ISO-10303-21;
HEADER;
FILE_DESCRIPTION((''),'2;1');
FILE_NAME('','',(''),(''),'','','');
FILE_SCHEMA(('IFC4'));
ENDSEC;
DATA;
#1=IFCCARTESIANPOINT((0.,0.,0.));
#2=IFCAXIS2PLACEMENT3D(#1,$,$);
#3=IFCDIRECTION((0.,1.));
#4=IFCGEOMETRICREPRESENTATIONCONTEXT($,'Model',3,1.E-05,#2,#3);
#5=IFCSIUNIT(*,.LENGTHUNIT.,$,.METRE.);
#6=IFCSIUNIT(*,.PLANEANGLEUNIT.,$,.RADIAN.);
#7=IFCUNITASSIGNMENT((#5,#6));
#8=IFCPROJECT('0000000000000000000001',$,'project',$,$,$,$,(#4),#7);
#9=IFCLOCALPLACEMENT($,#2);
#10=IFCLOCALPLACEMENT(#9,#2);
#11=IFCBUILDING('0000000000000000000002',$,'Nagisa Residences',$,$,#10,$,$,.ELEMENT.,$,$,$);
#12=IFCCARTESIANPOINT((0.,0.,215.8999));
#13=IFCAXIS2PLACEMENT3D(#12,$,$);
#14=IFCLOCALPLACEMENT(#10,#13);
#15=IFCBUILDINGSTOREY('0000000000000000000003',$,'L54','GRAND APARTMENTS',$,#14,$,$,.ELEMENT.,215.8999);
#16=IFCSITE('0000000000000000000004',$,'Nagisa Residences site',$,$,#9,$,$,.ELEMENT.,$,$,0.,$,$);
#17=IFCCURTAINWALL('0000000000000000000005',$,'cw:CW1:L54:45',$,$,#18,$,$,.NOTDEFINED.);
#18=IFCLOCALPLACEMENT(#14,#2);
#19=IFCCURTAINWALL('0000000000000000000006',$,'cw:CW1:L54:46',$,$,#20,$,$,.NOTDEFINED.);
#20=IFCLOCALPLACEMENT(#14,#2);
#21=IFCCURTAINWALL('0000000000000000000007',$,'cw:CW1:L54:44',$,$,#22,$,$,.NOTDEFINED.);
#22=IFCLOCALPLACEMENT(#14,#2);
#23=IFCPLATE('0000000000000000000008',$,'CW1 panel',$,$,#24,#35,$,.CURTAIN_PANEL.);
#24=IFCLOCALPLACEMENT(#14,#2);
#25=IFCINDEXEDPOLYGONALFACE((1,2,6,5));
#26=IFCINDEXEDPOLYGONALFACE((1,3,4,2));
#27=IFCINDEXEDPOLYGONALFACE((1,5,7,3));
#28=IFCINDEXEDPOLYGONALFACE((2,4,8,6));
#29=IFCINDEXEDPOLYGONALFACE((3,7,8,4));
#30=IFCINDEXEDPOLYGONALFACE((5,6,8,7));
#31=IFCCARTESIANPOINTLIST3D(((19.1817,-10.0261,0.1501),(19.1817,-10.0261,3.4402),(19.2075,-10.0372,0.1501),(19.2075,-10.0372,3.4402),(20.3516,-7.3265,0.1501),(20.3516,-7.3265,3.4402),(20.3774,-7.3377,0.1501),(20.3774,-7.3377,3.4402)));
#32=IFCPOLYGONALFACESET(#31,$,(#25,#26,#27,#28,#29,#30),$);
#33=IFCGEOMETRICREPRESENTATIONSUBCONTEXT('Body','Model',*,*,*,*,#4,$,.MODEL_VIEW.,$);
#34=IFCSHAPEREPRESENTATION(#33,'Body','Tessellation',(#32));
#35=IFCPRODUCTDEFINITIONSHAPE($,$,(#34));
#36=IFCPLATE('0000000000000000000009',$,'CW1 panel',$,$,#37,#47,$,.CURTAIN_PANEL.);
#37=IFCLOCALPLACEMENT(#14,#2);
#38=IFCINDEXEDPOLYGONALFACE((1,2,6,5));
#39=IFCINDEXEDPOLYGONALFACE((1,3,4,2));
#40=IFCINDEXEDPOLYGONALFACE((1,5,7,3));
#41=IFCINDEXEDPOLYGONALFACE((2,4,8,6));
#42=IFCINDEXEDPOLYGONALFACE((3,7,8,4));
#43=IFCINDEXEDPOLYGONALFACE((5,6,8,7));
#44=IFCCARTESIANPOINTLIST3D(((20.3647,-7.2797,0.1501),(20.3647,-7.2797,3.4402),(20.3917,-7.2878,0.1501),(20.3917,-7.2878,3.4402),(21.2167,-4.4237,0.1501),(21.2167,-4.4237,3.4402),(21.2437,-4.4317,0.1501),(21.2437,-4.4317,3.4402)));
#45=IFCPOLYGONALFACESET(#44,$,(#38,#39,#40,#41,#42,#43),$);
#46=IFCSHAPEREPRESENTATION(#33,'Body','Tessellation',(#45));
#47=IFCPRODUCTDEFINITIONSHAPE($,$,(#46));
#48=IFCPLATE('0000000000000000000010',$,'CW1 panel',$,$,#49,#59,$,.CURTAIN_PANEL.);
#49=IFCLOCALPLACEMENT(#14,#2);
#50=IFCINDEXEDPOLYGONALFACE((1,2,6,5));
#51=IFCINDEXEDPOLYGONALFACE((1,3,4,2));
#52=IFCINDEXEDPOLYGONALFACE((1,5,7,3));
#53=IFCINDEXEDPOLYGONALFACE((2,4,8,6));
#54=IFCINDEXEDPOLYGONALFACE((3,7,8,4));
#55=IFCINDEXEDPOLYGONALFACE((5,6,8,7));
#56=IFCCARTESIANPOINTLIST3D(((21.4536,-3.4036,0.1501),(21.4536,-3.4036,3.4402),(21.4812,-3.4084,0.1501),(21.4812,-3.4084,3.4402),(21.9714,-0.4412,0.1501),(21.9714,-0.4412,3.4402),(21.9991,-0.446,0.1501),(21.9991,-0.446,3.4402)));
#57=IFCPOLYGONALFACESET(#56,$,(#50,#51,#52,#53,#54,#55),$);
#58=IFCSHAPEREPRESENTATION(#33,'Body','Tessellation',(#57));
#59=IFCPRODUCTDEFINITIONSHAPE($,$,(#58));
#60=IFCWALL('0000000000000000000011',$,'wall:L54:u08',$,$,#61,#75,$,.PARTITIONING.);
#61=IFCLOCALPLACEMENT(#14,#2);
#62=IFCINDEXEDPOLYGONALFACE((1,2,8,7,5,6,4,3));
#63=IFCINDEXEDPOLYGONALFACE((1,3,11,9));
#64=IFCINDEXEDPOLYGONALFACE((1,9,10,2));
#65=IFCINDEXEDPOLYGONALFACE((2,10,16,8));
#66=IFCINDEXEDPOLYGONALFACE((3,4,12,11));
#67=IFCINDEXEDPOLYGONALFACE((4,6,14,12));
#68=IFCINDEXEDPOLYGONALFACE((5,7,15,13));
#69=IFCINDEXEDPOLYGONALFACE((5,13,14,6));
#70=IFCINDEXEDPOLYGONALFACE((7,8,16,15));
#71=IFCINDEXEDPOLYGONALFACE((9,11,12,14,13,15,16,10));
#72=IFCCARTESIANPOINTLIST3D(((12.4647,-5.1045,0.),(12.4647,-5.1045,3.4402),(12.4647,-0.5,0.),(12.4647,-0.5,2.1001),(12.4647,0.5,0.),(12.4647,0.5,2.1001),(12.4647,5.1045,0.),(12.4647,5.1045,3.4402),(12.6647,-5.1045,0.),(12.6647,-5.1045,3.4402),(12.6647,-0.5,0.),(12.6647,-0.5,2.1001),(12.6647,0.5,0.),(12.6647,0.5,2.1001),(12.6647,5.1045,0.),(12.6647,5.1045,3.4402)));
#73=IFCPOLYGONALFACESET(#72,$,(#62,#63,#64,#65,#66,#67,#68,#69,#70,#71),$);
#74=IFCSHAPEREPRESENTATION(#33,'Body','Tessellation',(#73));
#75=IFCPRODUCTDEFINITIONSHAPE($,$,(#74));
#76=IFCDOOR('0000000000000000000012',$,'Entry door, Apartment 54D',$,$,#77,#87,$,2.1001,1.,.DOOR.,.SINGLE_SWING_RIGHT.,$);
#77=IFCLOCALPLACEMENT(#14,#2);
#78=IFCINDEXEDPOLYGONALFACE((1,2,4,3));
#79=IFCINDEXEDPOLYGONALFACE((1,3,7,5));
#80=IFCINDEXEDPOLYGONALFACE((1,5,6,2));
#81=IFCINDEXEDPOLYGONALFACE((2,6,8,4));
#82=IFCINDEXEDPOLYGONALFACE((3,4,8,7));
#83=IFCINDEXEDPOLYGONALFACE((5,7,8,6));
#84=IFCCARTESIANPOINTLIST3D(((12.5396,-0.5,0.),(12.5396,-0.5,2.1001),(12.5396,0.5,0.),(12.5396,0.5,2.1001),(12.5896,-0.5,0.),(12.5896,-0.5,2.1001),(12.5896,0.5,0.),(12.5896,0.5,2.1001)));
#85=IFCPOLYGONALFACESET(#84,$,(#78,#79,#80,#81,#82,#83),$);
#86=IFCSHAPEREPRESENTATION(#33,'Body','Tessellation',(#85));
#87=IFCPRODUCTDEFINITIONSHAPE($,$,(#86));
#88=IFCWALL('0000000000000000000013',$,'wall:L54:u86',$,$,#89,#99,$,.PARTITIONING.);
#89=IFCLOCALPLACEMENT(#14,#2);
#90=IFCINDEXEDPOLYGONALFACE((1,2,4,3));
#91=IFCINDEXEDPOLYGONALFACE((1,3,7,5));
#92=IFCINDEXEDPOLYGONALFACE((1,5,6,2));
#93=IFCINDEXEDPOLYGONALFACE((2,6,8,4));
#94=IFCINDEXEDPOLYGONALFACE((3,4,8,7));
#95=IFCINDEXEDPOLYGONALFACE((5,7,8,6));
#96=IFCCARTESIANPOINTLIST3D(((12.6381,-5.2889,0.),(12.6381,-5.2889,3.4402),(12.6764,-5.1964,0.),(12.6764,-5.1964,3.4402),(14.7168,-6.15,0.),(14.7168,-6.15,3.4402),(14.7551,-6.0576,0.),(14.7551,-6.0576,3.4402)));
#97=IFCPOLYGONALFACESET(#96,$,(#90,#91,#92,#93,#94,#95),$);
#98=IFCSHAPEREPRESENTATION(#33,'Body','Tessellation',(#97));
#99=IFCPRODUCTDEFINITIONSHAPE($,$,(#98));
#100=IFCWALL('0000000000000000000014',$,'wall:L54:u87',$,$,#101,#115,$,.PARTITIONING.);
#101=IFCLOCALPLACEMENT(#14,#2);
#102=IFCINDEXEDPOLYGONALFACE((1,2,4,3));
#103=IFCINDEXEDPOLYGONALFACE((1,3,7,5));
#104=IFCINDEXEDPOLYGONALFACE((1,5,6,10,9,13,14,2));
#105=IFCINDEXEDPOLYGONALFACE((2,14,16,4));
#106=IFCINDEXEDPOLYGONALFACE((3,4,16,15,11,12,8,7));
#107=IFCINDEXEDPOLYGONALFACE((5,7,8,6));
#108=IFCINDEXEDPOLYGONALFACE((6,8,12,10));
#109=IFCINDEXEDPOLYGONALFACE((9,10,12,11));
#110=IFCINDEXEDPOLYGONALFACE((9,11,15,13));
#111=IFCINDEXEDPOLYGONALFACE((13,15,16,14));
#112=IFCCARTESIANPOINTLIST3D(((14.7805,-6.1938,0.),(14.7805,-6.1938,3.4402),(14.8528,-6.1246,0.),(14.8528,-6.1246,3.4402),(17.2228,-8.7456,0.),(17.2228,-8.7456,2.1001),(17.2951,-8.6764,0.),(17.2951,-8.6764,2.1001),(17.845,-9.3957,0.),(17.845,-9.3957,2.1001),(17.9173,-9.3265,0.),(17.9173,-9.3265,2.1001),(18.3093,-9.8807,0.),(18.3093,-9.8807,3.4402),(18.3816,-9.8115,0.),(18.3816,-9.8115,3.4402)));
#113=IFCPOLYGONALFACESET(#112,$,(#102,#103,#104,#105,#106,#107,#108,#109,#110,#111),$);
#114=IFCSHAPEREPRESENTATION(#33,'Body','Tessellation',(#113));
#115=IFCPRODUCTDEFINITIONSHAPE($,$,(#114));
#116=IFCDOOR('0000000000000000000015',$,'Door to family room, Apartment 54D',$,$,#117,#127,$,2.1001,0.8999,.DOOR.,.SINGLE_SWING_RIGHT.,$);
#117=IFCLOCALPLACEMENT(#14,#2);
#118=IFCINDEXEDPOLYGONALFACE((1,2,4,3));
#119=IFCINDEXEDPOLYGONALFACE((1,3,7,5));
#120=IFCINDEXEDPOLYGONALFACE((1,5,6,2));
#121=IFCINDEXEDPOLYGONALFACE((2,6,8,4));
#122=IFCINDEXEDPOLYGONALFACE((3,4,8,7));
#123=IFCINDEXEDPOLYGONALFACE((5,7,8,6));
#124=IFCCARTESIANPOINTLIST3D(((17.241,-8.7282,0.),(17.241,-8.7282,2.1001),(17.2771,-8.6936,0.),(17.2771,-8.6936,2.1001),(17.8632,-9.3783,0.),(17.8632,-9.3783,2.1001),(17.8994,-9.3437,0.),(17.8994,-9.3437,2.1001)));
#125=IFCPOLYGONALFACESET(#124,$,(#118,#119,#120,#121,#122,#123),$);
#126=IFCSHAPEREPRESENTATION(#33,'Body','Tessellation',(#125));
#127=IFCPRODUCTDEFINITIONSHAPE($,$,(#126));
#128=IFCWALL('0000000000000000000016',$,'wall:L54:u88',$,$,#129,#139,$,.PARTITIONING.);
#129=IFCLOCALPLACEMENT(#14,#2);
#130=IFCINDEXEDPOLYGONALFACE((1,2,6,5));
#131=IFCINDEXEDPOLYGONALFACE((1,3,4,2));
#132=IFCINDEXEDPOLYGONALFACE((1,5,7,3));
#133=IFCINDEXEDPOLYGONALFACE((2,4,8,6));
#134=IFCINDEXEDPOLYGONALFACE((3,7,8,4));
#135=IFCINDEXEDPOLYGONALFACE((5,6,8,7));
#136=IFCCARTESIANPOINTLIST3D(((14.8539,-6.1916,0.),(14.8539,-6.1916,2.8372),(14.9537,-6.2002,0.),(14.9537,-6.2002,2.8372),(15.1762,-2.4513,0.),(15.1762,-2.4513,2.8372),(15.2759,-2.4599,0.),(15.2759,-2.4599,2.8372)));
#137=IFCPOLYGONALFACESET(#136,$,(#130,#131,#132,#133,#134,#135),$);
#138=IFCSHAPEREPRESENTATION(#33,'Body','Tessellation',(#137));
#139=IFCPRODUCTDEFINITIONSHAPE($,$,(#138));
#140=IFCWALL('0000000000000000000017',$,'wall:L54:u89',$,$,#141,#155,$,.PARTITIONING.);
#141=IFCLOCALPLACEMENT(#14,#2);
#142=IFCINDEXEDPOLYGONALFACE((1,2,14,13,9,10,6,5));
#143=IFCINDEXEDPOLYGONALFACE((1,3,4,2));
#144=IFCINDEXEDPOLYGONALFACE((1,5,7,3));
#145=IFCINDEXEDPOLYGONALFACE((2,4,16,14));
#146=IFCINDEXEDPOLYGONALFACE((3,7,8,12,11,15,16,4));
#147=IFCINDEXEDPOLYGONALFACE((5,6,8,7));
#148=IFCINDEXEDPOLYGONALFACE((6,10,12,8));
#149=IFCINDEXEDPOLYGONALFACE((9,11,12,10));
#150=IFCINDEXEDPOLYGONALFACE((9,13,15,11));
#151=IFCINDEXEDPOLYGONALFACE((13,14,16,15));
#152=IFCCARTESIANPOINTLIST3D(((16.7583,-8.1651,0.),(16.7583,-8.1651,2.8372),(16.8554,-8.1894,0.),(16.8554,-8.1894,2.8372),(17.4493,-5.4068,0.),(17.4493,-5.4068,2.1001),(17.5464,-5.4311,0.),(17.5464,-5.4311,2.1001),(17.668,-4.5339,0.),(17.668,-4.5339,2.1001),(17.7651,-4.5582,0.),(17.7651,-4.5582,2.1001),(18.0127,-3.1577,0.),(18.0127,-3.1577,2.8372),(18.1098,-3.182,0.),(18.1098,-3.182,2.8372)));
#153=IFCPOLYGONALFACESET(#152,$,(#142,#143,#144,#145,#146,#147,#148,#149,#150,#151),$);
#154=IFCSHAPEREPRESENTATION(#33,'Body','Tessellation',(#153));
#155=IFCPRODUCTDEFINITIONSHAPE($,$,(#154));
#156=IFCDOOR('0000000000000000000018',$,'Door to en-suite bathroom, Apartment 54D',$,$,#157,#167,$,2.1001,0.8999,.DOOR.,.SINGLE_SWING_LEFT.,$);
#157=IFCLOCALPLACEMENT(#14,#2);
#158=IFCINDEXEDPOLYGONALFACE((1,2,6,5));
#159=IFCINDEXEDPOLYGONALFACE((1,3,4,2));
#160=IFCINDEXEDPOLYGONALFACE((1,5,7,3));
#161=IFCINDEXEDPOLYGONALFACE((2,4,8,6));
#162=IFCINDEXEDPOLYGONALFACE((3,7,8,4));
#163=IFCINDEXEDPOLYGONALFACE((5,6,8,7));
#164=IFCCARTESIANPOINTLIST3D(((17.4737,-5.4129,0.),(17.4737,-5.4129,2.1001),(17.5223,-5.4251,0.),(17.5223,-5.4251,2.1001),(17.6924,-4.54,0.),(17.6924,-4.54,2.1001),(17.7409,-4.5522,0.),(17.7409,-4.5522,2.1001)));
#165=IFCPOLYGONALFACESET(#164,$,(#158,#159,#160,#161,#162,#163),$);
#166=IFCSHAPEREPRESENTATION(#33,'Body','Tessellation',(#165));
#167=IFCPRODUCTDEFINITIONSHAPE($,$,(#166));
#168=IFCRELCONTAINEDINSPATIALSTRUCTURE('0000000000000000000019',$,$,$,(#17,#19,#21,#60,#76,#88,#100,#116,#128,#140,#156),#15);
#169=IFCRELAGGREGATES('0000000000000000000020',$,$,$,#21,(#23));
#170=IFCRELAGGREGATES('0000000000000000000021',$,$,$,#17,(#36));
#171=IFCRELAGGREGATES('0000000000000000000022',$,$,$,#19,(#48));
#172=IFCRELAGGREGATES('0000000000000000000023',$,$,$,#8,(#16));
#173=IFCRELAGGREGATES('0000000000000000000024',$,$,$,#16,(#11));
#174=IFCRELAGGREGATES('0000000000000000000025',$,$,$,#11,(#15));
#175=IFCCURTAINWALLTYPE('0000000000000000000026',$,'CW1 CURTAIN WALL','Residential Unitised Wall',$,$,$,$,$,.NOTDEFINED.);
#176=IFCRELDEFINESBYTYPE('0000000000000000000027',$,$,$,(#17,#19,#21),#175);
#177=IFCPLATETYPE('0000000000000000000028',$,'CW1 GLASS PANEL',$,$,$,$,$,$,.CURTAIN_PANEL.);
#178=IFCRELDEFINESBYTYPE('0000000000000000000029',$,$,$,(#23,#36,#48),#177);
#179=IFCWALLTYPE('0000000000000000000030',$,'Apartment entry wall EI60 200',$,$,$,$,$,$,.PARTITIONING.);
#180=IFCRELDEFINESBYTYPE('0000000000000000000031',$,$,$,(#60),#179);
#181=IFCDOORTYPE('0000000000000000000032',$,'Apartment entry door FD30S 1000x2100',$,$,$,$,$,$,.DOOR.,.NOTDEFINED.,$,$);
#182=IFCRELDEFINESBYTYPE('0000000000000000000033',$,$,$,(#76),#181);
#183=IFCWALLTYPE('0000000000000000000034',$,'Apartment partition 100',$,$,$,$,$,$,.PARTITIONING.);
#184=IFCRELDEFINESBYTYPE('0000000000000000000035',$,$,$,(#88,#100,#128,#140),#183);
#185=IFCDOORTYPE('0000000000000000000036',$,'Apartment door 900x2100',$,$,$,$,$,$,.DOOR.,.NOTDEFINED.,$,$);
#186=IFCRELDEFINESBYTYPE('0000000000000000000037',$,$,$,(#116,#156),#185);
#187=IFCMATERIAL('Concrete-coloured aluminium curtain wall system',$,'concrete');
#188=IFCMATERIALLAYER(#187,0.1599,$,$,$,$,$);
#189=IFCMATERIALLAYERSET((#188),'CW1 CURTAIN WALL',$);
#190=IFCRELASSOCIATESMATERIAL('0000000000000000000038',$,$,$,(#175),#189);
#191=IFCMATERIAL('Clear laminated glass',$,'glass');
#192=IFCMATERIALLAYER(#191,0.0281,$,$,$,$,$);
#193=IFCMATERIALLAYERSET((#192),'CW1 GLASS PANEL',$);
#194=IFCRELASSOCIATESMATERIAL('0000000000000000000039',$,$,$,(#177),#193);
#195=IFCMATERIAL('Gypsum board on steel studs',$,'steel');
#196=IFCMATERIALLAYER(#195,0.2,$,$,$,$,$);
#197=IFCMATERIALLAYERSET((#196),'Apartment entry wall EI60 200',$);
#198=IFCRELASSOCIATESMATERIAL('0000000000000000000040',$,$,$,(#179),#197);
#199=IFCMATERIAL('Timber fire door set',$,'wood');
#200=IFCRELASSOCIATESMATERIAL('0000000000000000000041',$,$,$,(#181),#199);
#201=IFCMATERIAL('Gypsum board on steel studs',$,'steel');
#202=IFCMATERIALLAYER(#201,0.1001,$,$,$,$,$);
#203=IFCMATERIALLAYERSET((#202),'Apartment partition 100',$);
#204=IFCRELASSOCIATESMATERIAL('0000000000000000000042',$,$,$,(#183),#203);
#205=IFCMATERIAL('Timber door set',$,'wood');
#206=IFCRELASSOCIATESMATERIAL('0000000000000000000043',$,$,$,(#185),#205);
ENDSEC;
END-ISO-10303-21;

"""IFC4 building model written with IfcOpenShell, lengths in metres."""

from ifc_helpers import new_model, si_unit, direction, frame, frame_2d, origin, origin_2d, place, context, subcontext, project, spatial, rectangle, extrude, material, layer, layer_set, type_object, element, fill, aggregate, save


model = new_model("IFC4")

# Units and contexts
model_context = context("Model", 3, precision=1e-05, world=origin(), true_north=direction((0.0, 1.0)))
body_context = subcontext(model_context, "Body", "Model", "MODEL_VIEW")
ifc_project = project(units=[si_unit("LENGTHUNIT", "METRE"), si_unit("PLANEANGLEUNIT", "RADIAN")], contexts=[model_context])

# Site, building, storey
site_placement = place(None, origin())
site = spatial("IfcSite", under=ifc_project, at=site_placement, Name="Nagisa Residences site", CompositionType="ELEMENT", RefElevation=0.0)
building_placement = place(site_placement, origin())
building = spatial("IfcBuilding", under=site, at=building_placement, Name="Nagisa Residences", CompositionType="ELEMENT")
storey_placement = place(building_placement, frame((0.0, 0.0, 215.8999)))
storey = spatial("IfcBuildingStorey", under=building, at=storey_placement, Name="L54", Description="GRAND APARTMENTS", CompositionType="ELEMENT", Elevation=215.8999)

# Curtain walls
ifc_material_1 = material(Name="Concrete-coloured aluminium curtain wall system", Category="concrete")
ifc_layer_1 = layer(ifc_material_1, 0.1599)
ifc_layer_set_1 = layer_set([ifc_layer_1], Name="CW1 CURTAIN WALL")
curtain_wall_type = type_object("IfcCurtainWallType", Name="CW1 CURTAIN WALL", Description="Residential Unitised Wall", PredefinedType="NOTDEFINED", material=ifc_layer_set_1)
curtain_wall_1_placement = place(storey_placement, origin())
curtain_wall_1 = element("IfcCurtainWall", 1, at=curtain_wall_1_placement, inside=storey, type_object=curtain_wall_type, Name="cw:CW1:L54:45", PredefinedType="NOTDEFINED")
curtain_wall_2_placement = place(storey_placement, origin())
curtain_wall_2 = element("IfcCurtainWall", 2, at=curtain_wall_2_placement, inside=storey, type_object=curtain_wall_type, Name="cw:CW1:L54:46", PredefinedType="NOTDEFINED")

# Curtain wall, plate
curtain_wall_3_placement = place(storey_placement, origin())
curtain_wall_3 = element("IfcCurtainWall", 3, at=curtain_wall_3_placement, inside=storey, type_object=curtain_wall_type, Name="cw:CW1:L54:44", PredefinedType="NOTDEFINED")
ifc_material_2 = material(Name="Clear laminated glass", Category="glass")
ifc_layer_2 = layer(ifc_material_2, 0.0281)
ifc_layer_set_2 = layer_set([ifc_layer_2], Name="CW1 GLASS PANEL")
plate_type = type_object("IfcPlateType", Name="CW1 GLASS PANEL", PredefinedType="CURTAIN_PANEL", material=ifc_layer_set_2)
plate_1_placement = place(storey_placement, frame((19.7795, -8.6819, 0.1501), z_axis=(0.0, 0.0, 1.0), x_axis=(0.397636, 0.917543, 0.0)))
plate_1 = element("IfcPlate", 4, at=plate_1_placement, type_object=plate_type, Name="CW1 panel", PredefinedType="CURTAIN_PANEL", context=body_context, shape_type="SweptSolid", body=[
    extrude(rectangle(XDim=2.9421, YDim=0.0281, at=origin_2d()), origin(), (0.0, 0.0, 1.0), 3.29),
])
aggregate(curtain_wall_3, [plate_1])

# Plates
plate_2_placement = place(storey_placement, frame((20.8042, -5.8557, 0.1501), z_axis=(0.0, 0.0, 1.0), x_axis=(0.28586, 0.958271, 0.0)))
plate_2 = element("IfcPlate", 5, at=plate_2_placement, type_object=plate_type, Name="CW1 panel", PredefinedType="CURTAIN_PANEL", context=body_context, shape_type="SweptSolid", body=[
    extrude(rectangle(XDim=2.9805, YDim=0.0281, at=origin_2d()), origin(), (0.0, 0.0, 1.0), 3.29),
])
aggregate(curtain_wall_1, [plate_2])
plate_3_placement = place(storey_placement, frame((21.7263, -1.9248, 0.1501), z_axis=(0.0, 0.0, 1.0), x_axis=(0.172191, 0.985064, 0.0)))
plate_3 = element("IfcPlate", 6, at=plate_3_placement, type_object=plate_type, Name="CW1 panel", PredefinedType="CURTAIN_PANEL", context=body_context, shape_type="SweptSolid", body=[
    extrude(rectangle(XDim=3.0073, YDim=0.0281, at=origin_2d()), origin(), (0.0, 0.0, 1.0), 3.29),
])
aggregate(curtain_wall_2, [plate_3])

# Wall, opening, door
ifc_material_3 = material(Name="Gypsum board on steel studs", Category="steel")
ifc_layer_3 = layer(ifc_material_3, 0.2)
ifc_layer_set_3 = layer_set([ifc_layer_3], Name="Apartment entry wall EI60 200")
wall_type_1 = type_object("IfcWallType", Name="Apartment entry wall EI60 200", PredefinedType="PARTITIONING", material=ifc_layer_set_3)
wall_1_placement = place(storey_placement, frame((12.5647, -5.1045, 0.0), z_axis=(0.0, 0.0, 1.0), x_axis=(0.0, 1.0, 0.0)))
wall_1 = element("IfcWall", 7, at=wall_1_placement, inside=storey, type_object=wall_type_1, Name="wall:L54:u08", PredefinedType="PARTITIONING", context=body_context, shape_type="SweptSolid", body=[
    extrude(rectangle(XDim=10.209, YDim=0.2, at=frame_2d((5.1045, 0.0))), origin(), (0.0, 0.0, 1.0), 3.4402),
])
opening_1_placement = place(wall_1_placement, frame((4.6045, 0.0, 0.0)))
opening_1 = element("IfcOpeningElement", 8, at=opening_1_placement, cuts=wall_1, PredefinedType="OPENING", context=body_context, shape_type="SweptSolid", body=[
    extrude(rectangle(XDim=1.0, YDim=2.1001, at=frame_2d((0.5, 1.05))), frame((0.0, 0.1099, 0.0), z_axis=(0.0, -1.0, 0.0), x_axis=(1.0, 0.0, 0.0)), (0.0, 0.0, 1.0), 0.22),
])
ifc_material_4 = material(Name="Timber fire door set", Category="wood")
door_type_1 = type_object("IfcDoorType", Name="Apartment entry door FD30S 1000x2100", OperationType="NOTDEFINED", PredefinedType="DOOR", material=ifc_material_4)
door_1_placement = place(opening_1_placement, frame((1.0, 0.0, 0.0), x_axis=(-1.0, 0.0, 0.0)))
door_1 = element("IfcDoor", 9, at=door_1_placement, inside=storey, type_object=door_type_1, Name="Entry door, Apartment 54D", OperationType="SINGLE_SWING_RIGHT", OverallHeight=2.1001, OverallWidth=1.0, PredefinedType="DOOR", context=body_context, shape_type="SweptSolid", body=[
    extrude(rectangle(XDim=1.0, YDim=2.1001, at=frame_2d((0.5, 1.05))), frame((0.0, 0.0249, 0.0), z_axis=(0.0, -1.0, 0.0), x_axis=(1.0, 0.0, 0.0)), (0.0, 0.0, 1.0), 0.05),
])
fill(opening_1, door_1)

# Wall
ifc_material_5 = material(Name="Gypsum board on steel studs", Category="steel")
ifc_layer_4 = layer(ifc_material_5, 0.1001)
ifc_layer_set_4 = layer_set([ifc_layer_4], Name="Apartment partition 100")
wall_type_2 = type_object("IfcWallType", Name="Apartment partition 100", PredefinedType="PARTITIONING", material=ifc_layer_set_4)
wall_2_placement = place(storey_placement, frame((12.6572, -5.2427, 0.0), z_axis=(0.0, 0.0, 1.0), x_axis=(0.923865, -0.382719, 0.0)))
element("IfcWall", 10, at=wall_2_placement, inside=storey, type_object=wall_type_2, Name="wall:L54:u86", PredefinedType="PARTITIONING", context=body_context, shape_type="SweptSolid", body=[
    extrude(rectangle(XDim=2.25, YDim=0.1001, at=frame_2d((1.125, 0.0))), origin(), (0.0, 0.0, 1.0), 3.4402),
])

# Wall, opening, door
wall_3_placement = place(storey_placement, frame((14.8167, -6.1592, 0.0), z_axis=(0.0, 0.0, 1.0), x_axis=(0.691438, -0.722436, 0.0)))
wall_3 = element("IfcWall", 11, at=wall_3_placement, inside=storey, type_object=wall_type_2, Name="wall:L54:u87", PredefinedType="PARTITIONING", context=body_context, shape_type="SweptSolid", body=[
    extrude(rectangle(XDim=5.1035, YDim=0.1001, at=frame_2d((2.5518, 0.0))), origin(), (0.0, 0.0, 1.0), 3.4402),
])
opening_2_placement = place(wall_3_placement, frame((3.5322, 0.0, 0.0)))
opening_2 = element("IfcOpeningElement", 12, at=opening_2_placement, cuts=wall_3, PredefinedType="OPENING", context=body_context, shape_type="SweptSolid", body=[
    extrude(rectangle(XDim=0.8999, YDim=2.1001, at=frame_2d((0.45, 1.05))), frame((0.0, 0.0601, 0.0), z_axis=(0.0, -1.0, 0.0), x_axis=(1.0, 0.0, 0.0)), (0.0, 0.0, 1.0), 0.1201),
])
ifc_material_6 = material(Name="Timber door set", Category="wood")
door_type_2 = type_object("IfcDoorType", Name="Apartment door 900x2100", OperationType="NOTDEFINED", PredefinedType="DOOR", material=ifc_material_6)
door_2_placement = place(opening_2_placement, frame((0.8999, 0.0, 0.0), x_axis=(-1.0, 0.0, 0.0)))
door_2 = element("IfcDoor", 13, at=door_2_placement, inside=storey, type_object=door_type_2, Name="Door to family room, Apartment 54D", OperationType="SINGLE_SWING_RIGHT", OverallHeight=2.1001, OverallWidth=0.8999, PredefinedType="DOOR", context=body_context, shape_type="SweptSolid", body=[
    extrude(rectangle(XDim=0.8999, YDim=2.1001, at=frame_2d((0.45, 1.05))), frame((0.0, 0.0249, 0.0), z_axis=(0.0, -1.0, 0.0), x_axis=(1.0, 0.0, 0.0)), (0.0, 0.0, 1.0), 0.05),
])
fill(opening_2, door_2)

# Wall
wall_4_placement = place(storey_placement, frame((14.9038, -6.1958, 0.0), z_axis=(0.0, 0.0, 1.0), x_axis=(0.085844, 0.996309, 0.0)))
element("IfcWall", 14, at=wall_4_placement, inside=storey, type_object=wall_type_2, Name="wall:L54:u88", PredefinedType="PARTITIONING", context=body_context, shape_type="SweptSolid", body=[
    extrude(rectangle(XDim=3.7542, YDim=0.1001, at=frame_2d((1.877, 0.0))), origin(), (0.0, 0.0, 1.0), 2.8372),
])

# Wall, opening, door
wall_5_placement = place(storey_placement, frame((16.8069, -8.1772, 0.0), z_axis=(0.0, 0.0, 1.0), x_axis=(0.243003, 0.970026, 0.0)))
wall_5 = element("IfcWall", 15, at=wall_5_placement, inside=storey, type_object=wall_type_2, Name="wall:L54:u89", PredefinedType="PARTITIONING", context=body_context, shape_type="SweptSolid", body=[
    extrude(rectangle(XDim=5.1621, YDim=0.1001, at=frame_2d((2.5811, 0.0))), origin(), (0.0, 0.0, 1.0), 2.8372),
])
opening_3_placement = place(wall_5_placement, frame((2.8435, 0.0, 0.0)))
opening_3 = element("IfcOpeningElement", 16, at=opening_3_placement, cuts=wall_5, PredefinedType="OPENING", context=body_context, shape_type="SweptSolid", body=[
    extrude(rectangle(XDim=0.8999, YDim=2.1001, at=frame_2d((0.45, 1.05))), frame((0.0, 0.0601, 0.0), z_axis=(0.0, -1.0, 0.0), x_axis=(1.0, 0.0, 0.0)), (0.0, 0.0, 1.0), 0.1201),
])
door_3_placement = place(opening_3_placement, origin())
door_3 = element("IfcDoor", 17, at=door_3_placement, inside=storey, type_object=door_type_2, Name="Door to en-suite bathroom, Apartment 54D", OperationType="SINGLE_SWING_LEFT", OverallHeight=2.1001, OverallWidth=0.8999, PredefinedType="DOOR", context=body_context, shape_type="SweptSolid", body=[
    extrude(rectangle(XDim=0.8999, YDim=2.1001, at=frame_2d((0.45, 1.05))), frame((0.0, 0.0249, 0.0), z_axis=(0.0, -1.0, 0.0), x_axis=(1.0, 0.0, 0.0)), (0.0, 0.0, 1.0), 0.05),
])
fill(opening_3, door_3)

save(model, "model.ifc")
